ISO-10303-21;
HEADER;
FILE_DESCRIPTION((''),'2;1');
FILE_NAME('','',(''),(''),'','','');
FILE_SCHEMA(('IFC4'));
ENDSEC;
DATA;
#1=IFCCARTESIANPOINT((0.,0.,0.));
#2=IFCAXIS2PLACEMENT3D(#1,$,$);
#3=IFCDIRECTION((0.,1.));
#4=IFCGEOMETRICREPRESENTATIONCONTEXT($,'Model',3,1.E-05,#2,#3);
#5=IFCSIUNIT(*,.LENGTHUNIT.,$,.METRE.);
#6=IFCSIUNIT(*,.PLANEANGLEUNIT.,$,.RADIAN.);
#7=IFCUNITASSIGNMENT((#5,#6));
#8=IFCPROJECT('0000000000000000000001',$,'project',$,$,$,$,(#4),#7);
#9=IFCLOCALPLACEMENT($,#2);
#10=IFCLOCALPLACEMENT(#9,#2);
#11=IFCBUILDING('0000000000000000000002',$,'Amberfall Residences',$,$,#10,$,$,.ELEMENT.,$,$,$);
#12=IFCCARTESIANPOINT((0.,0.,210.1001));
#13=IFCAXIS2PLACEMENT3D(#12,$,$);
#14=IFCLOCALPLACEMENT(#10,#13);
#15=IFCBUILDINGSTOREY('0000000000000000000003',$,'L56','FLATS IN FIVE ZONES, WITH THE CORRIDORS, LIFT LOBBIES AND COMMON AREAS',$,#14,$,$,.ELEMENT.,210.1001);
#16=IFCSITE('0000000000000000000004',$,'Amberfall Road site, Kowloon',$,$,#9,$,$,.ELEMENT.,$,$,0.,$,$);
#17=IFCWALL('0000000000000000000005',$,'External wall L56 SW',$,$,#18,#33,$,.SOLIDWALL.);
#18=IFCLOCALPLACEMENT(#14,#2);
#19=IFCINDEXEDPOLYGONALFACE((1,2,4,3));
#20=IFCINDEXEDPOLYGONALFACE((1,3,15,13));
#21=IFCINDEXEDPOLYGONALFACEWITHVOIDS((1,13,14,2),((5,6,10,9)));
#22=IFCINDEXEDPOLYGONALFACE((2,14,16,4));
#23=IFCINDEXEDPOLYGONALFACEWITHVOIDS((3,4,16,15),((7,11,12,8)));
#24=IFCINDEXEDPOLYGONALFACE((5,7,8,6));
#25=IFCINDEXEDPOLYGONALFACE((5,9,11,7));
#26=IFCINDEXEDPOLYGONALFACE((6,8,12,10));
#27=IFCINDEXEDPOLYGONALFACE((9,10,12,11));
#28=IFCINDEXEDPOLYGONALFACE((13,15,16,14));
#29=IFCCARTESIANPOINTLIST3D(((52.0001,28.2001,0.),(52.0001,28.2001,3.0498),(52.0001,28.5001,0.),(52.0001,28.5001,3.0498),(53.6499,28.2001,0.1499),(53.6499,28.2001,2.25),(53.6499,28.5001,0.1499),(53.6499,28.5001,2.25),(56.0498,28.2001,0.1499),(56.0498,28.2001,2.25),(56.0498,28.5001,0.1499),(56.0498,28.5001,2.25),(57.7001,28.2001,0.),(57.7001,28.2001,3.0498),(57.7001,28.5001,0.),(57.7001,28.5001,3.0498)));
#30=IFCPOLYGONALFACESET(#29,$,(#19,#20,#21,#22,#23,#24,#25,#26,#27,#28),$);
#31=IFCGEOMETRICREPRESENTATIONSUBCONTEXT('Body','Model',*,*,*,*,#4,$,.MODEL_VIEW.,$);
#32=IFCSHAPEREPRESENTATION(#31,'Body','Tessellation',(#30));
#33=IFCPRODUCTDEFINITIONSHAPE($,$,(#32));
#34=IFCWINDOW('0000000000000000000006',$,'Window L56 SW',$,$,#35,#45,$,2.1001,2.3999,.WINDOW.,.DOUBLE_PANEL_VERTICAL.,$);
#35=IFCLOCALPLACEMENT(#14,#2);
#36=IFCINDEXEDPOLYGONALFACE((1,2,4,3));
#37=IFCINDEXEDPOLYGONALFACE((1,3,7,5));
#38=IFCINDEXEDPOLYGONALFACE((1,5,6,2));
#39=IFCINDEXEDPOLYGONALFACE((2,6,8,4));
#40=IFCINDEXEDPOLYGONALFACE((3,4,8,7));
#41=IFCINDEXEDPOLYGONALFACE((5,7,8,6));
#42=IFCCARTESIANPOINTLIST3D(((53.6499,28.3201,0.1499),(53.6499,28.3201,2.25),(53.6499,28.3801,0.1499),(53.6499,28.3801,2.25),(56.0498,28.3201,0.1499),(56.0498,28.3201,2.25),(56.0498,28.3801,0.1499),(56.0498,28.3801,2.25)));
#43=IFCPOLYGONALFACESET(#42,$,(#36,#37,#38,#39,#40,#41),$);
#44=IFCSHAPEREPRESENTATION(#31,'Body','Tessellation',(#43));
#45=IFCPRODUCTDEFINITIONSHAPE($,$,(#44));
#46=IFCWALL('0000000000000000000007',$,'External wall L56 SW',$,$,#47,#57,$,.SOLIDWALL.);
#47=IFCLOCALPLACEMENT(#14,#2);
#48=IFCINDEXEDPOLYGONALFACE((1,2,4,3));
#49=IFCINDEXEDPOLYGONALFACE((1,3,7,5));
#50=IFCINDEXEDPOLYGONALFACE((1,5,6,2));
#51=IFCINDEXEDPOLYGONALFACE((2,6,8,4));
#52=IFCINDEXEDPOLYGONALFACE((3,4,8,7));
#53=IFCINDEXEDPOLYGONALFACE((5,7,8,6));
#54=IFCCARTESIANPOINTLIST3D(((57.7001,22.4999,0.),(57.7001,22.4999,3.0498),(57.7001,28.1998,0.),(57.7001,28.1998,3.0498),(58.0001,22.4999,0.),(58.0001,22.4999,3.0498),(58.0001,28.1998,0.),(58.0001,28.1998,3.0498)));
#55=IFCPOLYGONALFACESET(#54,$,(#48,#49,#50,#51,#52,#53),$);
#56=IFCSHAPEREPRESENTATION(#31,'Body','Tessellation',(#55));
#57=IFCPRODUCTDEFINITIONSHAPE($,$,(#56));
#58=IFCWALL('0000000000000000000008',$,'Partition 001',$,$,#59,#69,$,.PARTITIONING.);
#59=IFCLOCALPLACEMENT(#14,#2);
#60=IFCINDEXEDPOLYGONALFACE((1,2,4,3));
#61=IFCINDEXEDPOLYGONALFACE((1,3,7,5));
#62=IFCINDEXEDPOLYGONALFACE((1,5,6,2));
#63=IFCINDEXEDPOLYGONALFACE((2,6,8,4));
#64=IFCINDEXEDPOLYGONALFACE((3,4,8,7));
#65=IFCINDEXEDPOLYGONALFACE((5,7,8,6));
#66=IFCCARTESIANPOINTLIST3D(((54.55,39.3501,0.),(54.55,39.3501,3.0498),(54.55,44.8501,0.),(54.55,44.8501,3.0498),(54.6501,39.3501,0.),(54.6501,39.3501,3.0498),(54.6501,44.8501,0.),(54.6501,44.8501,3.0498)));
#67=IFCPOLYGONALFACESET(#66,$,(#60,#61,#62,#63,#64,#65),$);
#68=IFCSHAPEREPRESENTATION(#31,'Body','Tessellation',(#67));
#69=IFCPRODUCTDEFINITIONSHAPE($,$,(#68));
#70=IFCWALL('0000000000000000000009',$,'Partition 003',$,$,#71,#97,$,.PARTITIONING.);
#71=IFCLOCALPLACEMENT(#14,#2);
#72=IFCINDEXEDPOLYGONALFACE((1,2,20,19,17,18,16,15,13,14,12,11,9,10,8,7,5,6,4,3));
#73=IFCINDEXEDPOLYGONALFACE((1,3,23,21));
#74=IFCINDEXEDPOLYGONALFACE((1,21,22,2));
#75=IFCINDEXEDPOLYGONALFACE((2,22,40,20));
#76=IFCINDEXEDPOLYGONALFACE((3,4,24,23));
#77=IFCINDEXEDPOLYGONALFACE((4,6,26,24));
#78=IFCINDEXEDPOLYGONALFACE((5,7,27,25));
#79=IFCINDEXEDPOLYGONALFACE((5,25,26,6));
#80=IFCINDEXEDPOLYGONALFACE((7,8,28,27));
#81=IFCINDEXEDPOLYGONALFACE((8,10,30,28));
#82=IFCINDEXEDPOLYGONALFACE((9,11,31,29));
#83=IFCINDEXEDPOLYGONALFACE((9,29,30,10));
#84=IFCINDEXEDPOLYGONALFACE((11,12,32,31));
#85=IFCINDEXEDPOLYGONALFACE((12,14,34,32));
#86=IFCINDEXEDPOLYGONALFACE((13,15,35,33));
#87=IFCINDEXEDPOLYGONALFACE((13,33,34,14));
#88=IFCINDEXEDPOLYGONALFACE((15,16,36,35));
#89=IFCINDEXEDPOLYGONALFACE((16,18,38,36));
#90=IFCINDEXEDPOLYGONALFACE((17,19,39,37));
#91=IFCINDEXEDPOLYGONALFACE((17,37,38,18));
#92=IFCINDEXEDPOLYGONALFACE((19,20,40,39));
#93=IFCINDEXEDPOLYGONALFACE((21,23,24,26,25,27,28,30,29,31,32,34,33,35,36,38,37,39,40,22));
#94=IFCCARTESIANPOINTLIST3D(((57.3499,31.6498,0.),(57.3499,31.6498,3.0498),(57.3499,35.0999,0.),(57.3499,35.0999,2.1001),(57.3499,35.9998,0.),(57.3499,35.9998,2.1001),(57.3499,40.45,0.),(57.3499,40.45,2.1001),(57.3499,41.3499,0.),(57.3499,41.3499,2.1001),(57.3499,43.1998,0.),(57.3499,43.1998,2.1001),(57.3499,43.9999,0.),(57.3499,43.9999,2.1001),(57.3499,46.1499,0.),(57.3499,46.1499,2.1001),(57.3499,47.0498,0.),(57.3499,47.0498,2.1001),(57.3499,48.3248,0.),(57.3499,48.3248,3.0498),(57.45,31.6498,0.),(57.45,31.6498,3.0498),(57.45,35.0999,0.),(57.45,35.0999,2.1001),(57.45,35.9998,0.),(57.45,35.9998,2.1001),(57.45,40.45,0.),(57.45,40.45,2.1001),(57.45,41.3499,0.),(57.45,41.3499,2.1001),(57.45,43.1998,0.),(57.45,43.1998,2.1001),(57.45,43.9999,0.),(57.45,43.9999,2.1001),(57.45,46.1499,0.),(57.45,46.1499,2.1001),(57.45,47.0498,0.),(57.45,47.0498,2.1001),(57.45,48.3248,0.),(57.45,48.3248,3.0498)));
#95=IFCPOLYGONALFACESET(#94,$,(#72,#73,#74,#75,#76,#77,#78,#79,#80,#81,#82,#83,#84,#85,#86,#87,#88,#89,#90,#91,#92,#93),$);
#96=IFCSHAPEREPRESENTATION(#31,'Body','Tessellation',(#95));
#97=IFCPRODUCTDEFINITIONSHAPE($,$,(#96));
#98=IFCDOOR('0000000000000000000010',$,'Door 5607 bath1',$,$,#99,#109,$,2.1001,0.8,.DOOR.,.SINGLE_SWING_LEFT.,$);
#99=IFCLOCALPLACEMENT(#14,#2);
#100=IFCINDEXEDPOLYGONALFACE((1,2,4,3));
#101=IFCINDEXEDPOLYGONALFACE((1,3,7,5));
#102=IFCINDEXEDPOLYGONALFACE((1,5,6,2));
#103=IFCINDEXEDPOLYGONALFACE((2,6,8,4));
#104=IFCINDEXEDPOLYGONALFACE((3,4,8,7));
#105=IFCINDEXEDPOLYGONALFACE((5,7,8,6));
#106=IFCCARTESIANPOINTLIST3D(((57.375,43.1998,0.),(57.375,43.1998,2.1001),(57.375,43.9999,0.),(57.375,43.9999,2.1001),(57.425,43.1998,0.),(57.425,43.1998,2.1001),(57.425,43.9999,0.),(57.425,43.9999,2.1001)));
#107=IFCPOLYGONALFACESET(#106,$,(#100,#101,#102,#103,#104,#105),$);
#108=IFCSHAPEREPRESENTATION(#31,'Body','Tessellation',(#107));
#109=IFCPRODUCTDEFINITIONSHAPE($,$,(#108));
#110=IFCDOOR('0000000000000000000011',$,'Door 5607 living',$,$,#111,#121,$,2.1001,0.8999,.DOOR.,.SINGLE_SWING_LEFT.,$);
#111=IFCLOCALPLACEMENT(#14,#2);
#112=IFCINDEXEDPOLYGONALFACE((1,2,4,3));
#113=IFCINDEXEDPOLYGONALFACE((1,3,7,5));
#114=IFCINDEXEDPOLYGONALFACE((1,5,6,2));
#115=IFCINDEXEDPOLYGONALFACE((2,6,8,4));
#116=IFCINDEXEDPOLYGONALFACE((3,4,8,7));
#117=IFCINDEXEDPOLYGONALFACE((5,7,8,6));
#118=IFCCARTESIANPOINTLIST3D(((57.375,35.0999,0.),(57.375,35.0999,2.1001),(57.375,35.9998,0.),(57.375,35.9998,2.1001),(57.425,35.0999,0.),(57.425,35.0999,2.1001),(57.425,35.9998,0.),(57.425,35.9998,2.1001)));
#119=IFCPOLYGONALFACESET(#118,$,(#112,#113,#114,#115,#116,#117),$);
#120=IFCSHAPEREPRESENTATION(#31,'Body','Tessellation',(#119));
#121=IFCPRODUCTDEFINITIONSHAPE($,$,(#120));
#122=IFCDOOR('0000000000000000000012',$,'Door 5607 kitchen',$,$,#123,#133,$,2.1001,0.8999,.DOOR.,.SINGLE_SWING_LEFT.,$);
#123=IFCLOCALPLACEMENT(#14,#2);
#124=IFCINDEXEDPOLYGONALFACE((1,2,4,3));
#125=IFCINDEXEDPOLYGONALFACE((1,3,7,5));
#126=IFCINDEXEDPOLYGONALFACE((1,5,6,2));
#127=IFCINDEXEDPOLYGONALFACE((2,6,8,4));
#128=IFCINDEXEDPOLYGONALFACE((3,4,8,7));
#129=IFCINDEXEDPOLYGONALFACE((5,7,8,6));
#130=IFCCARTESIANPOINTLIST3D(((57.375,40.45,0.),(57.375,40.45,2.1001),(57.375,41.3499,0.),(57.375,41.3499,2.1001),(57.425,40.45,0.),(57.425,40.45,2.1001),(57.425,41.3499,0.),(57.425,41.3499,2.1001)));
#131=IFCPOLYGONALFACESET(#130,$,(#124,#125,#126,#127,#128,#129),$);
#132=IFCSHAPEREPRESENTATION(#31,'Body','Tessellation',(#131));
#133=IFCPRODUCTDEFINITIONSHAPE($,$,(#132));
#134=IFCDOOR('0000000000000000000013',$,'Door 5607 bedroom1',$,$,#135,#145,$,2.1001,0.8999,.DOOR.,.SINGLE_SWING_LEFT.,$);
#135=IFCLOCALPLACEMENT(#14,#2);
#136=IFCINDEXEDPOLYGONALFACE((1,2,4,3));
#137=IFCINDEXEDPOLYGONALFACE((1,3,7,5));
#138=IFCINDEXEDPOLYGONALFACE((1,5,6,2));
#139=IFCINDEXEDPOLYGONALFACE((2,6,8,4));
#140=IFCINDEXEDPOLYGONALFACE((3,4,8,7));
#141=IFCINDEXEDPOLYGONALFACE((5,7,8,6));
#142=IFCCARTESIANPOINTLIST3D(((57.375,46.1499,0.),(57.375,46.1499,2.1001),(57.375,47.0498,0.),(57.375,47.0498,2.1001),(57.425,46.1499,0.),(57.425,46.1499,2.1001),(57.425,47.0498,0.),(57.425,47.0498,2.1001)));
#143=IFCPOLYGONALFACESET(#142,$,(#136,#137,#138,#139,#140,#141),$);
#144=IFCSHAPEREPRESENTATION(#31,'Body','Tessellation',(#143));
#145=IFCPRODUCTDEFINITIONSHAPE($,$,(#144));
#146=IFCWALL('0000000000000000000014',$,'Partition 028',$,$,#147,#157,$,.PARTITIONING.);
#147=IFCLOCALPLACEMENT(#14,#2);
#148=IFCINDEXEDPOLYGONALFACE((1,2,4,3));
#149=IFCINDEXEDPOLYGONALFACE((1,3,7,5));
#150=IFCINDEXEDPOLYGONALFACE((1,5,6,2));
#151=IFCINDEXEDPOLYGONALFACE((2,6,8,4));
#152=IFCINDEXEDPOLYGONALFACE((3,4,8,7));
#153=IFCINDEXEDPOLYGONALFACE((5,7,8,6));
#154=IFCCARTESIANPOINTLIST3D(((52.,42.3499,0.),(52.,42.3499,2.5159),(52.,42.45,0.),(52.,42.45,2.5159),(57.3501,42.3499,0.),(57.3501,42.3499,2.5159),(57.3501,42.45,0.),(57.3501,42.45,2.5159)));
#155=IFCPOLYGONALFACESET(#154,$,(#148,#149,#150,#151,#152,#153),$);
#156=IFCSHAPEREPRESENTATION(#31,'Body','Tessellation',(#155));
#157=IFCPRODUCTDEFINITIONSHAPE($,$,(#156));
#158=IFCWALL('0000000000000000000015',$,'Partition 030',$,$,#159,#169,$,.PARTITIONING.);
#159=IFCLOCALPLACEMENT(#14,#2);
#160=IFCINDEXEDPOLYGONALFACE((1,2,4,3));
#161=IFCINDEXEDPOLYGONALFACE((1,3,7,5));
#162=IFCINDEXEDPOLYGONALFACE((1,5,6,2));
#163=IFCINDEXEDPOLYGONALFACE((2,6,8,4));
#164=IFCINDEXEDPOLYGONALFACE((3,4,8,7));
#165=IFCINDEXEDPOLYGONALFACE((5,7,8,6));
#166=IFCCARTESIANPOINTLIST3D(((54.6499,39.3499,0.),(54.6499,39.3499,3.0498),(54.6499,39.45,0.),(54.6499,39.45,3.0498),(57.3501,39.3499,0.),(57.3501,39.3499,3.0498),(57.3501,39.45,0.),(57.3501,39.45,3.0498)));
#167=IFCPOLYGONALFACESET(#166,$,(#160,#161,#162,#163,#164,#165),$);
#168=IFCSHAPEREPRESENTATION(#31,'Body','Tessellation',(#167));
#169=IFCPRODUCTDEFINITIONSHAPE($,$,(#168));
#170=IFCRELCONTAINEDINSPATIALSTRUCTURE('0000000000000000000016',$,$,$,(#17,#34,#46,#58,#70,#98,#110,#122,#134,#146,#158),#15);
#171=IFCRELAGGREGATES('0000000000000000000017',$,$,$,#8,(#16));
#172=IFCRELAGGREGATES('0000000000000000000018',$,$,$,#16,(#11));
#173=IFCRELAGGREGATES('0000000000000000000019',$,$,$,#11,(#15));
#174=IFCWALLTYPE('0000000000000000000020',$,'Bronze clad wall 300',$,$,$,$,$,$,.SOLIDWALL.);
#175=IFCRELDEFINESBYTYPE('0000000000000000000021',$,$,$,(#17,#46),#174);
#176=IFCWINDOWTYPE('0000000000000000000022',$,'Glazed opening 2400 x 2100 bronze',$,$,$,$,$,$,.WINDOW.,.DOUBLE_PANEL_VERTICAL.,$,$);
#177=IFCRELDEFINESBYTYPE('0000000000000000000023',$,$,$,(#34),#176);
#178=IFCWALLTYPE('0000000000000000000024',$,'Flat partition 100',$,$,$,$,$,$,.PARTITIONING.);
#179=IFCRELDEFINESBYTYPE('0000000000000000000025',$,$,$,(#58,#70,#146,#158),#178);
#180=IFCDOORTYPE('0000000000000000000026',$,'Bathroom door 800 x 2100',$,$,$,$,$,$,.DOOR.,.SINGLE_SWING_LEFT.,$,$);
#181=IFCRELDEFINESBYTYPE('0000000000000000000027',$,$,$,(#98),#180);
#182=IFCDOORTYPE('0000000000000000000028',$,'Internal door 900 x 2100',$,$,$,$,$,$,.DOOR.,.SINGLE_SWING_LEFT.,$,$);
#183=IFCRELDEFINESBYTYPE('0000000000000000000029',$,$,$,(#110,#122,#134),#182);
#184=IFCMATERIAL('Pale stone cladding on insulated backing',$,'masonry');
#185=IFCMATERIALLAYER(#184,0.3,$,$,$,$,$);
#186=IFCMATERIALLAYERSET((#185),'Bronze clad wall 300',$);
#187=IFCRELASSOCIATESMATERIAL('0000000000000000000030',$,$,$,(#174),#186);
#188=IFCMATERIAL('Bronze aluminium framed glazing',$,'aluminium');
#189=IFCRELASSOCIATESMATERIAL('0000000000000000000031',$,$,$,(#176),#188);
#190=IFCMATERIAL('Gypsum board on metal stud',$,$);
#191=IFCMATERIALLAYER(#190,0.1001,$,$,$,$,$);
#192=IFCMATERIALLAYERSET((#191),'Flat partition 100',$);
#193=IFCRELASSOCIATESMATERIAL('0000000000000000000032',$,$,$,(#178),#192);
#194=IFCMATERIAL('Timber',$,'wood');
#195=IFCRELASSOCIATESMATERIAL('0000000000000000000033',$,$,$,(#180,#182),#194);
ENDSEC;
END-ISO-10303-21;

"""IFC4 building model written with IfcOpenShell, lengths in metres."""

from ifc_helpers import new_model, si_unit, direction, frame, frame_2d, origin, place, context, subcontext, project, spatial, rectangle, extrude, material, layer, layer_set, type_object, element, fill, save


model = new_model("IFC4")

# Units and contexts
model_context = context("Model", 3, precision=1e-05, world=origin(), true_north=direction((0.0, 1.0)))
body_context = subcontext(model_context, "Body", "Model", "MODEL_VIEW")
ifc_project = project(units=[si_unit("LENGTHUNIT", "METRE"), si_unit("PLANEANGLEUNIT", "RADIAN")], contexts=[model_context])

# Site, building, storey
site_placement = place(None, origin())
site = spatial("IfcSite", under=ifc_project, at=site_placement, Name="Amberfall Road site, Kowloon", CompositionType="ELEMENT", RefElevation=0.0)
building_placement = place(site_placement, origin())
building = spatial("IfcBuilding", under=site, at=building_placement, Name="Amberfall Residences", CompositionType="ELEMENT")
storey_placement = place(building_placement, frame((0.0, 0.0, 210.1001)))
storey = spatial("IfcBuildingStorey", under=building, at=storey_placement, Name="L56", Description="FLATS IN FIVE ZONES, WITH THE CORRIDORS, LIFT LOBBIES AND COMMON AREAS", CompositionType="ELEMENT", Elevation=210.1001)

# Wall, opening, window
ifc_material_1 = material(Name="Pale stone cladding on insulated backing", Category="masonry")
ifc_layer_1 = layer(ifc_material_1, 0.3)
ifc_layer_set_1 = layer_set([ifc_layer_1], Name="Bronze clad wall 300")
wall_type_1 = type_object("IfcWallType", Name="Bronze clad wall 300", PredefinedType="SOLIDWALL", material=ifc_layer_set_1)
wall_1_placement = place(storey_placement, frame((52.0, 28.3501, 0.0), z_axis=(0.0, 0.0, 1.0), x_axis=(1.0, 0.0, 0.0)))
wall_1 = element("IfcWall", 1, at=wall_1_placement, inside=storey, type_object=wall_type_1, Name="External wall L56 SW", PredefinedType="SOLIDWALL", context=body_context, shape_type="SweptSolid", body=[
    extrude(rectangle(XDim=5.7, YDim=0.3, at=frame_2d((2.8501, 0.0))), origin(), (0.0, 0.0, 1.0), 3.0498),
])
opening_1_placement = place(wall_1_placement, frame((1.6499, 0.0, 0.1499)))
opening_1 = element("IfcOpeningElement", 2, at=opening_1_placement, cuts=wall_1, PredefinedType="OPENING", context=body_context, shape_type="SweptSolid", body=[
    extrude(rectangle(XDim=2.3999, YDim=2.1001, at=frame_2d((1.2, 1.05))), frame((0.0, 0.1599, 0.0), z_axis=(0.0, -1.0, 0.0), x_axis=(1.0, 0.0, 0.0)), (0.0, 0.0, 1.0), 0.3201),
])
ifc_material_2 = material(Name="Bronze aluminium framed glazing", Category="aluminium")
window_type = type_object("IfcWindowType", Name="Glazed opening 2400 x 2100 bronze", PartitioningType="DOUBLE_PANEL_VERTICAL", PredefinedType="WINDOW", material=ifc_material_2)
window_placement = place(opening_1_placement, origin())
window = element("IfcWindow", 3, at=window_placement, inside=storey, type_object=window_type, Name="Window L56 SW", OverallHeight=2.1001, OverallWidth=2.3999, PartitioningType="DOUBLE_PANEL_VERTICAL", PredefinedType="WINDOW", context=body_context, shape_type="SweptSolid", body=[
    extrude(rectangle(XDim=2.3999, YDim=2.1001, at=frame_2d((1.2, 1.05))), frame((0.0, 0.03, 0.0), z_axis=(0.0, -1.0, 0.0), x_axis=(1.0, 0.0, 0.0)), (0.0, 0.0, 1.0), 0.0601),
])
fill(opening_1, window)

# Walls
wall_2_placement = place(storey_placement, frame((57.8501, 28.2, 0.0), z_axis=(0.0, 0.0, 1.0), x_axis=(0.0, -1.0, 0.0)))
element("IfcWall", 4, at=wall_2_placement, inside=storey, type_object=wall_type_1, Name="External wall L56 SW", PredefinedType="SOLIDWALL", context=body_context, shape_type="SweptSolid", body=[
    extrude(rectangle(XDim=5.7, YDim=0.3, at=frame_2d((2.8501, 0.0))), origin(), (0.0, 0.0, 1.0), 3.0498),
])
ifc_material_3 = material(Name="Gypsum board on metal stud")
ifc_layer_2 = layer(ifc_material_3, 0.1001)
ifc_layer_set_2 = layer_set([ifc_layer_2], Name="Flat partition 100")
wall_type_2 = type_object("IfcWallType", Name="Flat partition 100", PredefinedType="PARTITIONING", material=ifc_layer_set_2)
wall_3_placement = place(storey_placement, frame((54.6001, 39.3501, 0.0), z_axis=(0.0, 0.0, 1.0), x_axis=(0.0, 1.0, 0.0)))
element("IfcWall", 5, at=wall_3_placement, inside=storey, type_object=wall_type_2, Name="Partition 001", PredefinedType="PARTITIONING", context=body_context, shape_type="SweptSolid", body=[
    extrude(rectangle(XDim=5.5, YDim=0.1001, at=frame_2d((2.75, 0.0))), origin(), (0.0, 0.0, 1.0), 3.0498),
])

# Wall, openings, doors
wall_4_placement = place(storey_placement, frame((57.3999, 31.6499, 0.0), z_axis=(0.0, 0.0, 1.0), x_axis=(0.0, 1.0, 0.0)))
wall_4 = element("IfcWall", 6, at=wall_4_placement, inside=storey, type_object=wall_type_2, Name="Partition 003", PredefinedType="PARTITIONING", context=body_context, shape_type="SweptSolid", body=[
    extrude(rectangle(XDim=16.675, YDim=0.1001, at=frame_2d((8.3374, 0.0))), origin(), (0.0, 0.0, 1.0), 3.0498),
])
opening_2_placement = place(wall_4_placement, frame((3.45, 0.0, 0.0)))
opening_2 = element("IfcOpeningElement", 7, at=opening_2_placement, cuts=wall_4, PredefinedType="OPENING", context=body_context, shape_type="SweptSolid", body=[
    extrude(rectangle(XDim=0.8999, YDim=2.1001, at=frame_2d((0.45, 1.05))), frame((0.0, 0.0601, 0.0), z_axis=(0.0, -1.0, 0.0), x_axis=(1.0, 0.0, 0.0)), (0.0, 0.0, 1.0), 0.1201),
])
opening_3_placement = place(wall_4_placement, frame((8.8, 0.0, 0.0)))
opening_3 = element("IfcOpeningElement", 8, at=opening_3_placement, cuts=wall_4, PredefinedType="OPENING", context=body_context, shape_type="SweptSolid", body=[
    extrude(rectangle(XDim=0.8999, YDim=2.1001, at=frame_2d((0.45, 1.05))), frame((0.0, 0.0601, 0.0), z_axis=(0.0, -1.0, 0.0), x_axis=(1.0, 0.0, 0.0)), (0.0, 0.0, 1.0), 0.1201),
])
opening_4_placement = place(wall_4_placement, frame((14.5, 0.0, 0.0)))
opening_4 = element("IfcOpeningElement", 9, at=opening_4_placement, cuts=wall_4, PredefinedType="OPENING", context=body_context, shape_type="SweptSolid", body=[
    extrude(rectangle(XDim=0.8999, YDim=2.1001, at=frame_2d((0.45, 1.05))), frame((0.0, 0.0601, 0.0), z_axis=(0.0, -1.0, 0.0), x_axis=(1.0, 0.0, 0.0)), (0.0, 0.0, 1.0), 0.1201),
])
opening_5_placement = place(wall_4_placement, frame((11.55, 0.0, 0.0)))
opening_5 = element("IfcOpeningElement", 10, at=opening_5_placement, cuts=wall_4, PredefinedType="OPENING", context=body_context, shape_type="SweptSolid", body=[
    extrude(rectangle(XDim=0.8, YDim=2.1001, at=frame_2d((0.3999, 1.05))), frame((0.0, 0.0601, 0.0), z_axis=(0.0, -1.0, 0.0), x_axis=(1.0, 0.0, 0.0)), (0.0, 0.0, 1.0), 0.1201),
])
ifc_material_4 = material(Name="Timber", Category="wood")
door_type_1 = type_object("IfcDoorType", Name="Bathroom door 800 x 2100", OperationType="SINGLE_SWING_LEFT", PredefinedType="DOOR", material=ifc_material_4)
door_1_placement = place(opening_5_placement, origin())
door_1 = element("IfcDoor", 11, at=door_1_placement, inside=storey, type_object=door_type_1, Name="Door 5607 bath1", OperationType="SINGLE_SWING_LEFT", OverallHeight=2.1001, OverallWidth=0.8, PredefinedType="DOOR", context=body_context, shape_type="SweptSolid", body=[
    extrude(rectangle(XDim=0.8, YDim=2.1001, at=frame_2d((0.3999, 1.05))), frame((0.0, 0.0249, 0.0), z_axis=(0.0, -1.0, 0.0), x_axis=(1.0, 0.0, 0.0)), (0.0, 0.0, 1.0), 0.05),
])
fill(opening_5, door_1)
door_type_2 = type_object("IfcDoorType", Name="Internal door 900 x 2100", OperationType="SINGLE_SWING_LEFT", PredefinedType="DOOR", material=ifc_material_4)
door_2_placement = place(opening_2_placement, origin())
door_2 = element("IfcDoor", 12, at=door_2_placement, inside=storey, type_object=door_type_2, Name="Door 5607 living", OperationType="SINGLE_SWING_LEFT", OverallHeight=2.1001, OverallWidth=0.8999, PredefinedType="DOOR", context=body_context, shape_type="SweptSolid", body=[
    extrude(rectangle(XDim=0.8999, YDim=2.1001, at=frame_2d((0.45, 1.05))), frame((0.0, 0.0249, 0.0), z_axis=(0.0, -1.0, 0.0), x_axis=(1.0, 0.0, 0.0)), (0.0, 0.0, 1.0), 0.05),
])
fill(opening_2, door_2)
door_3_placement = place(opening_3_placement, origin())
door_3 = element("IfcDoor", 13, at=door_3_placement, inside=storey, type_object=door_type_2, Name="Door 5607 kitchen", OperationType="SINGLE_SWING_LEFT", OverallHeight=2.1001, OverallWidth=0.8999, PredefinedType="DOOR", context=body_context, shape_type="SweptSolid", body=[
    extrude(rectangle(XDim=0.8999, YDim=2.1001, at=frame_2d((0.45, 1.05))), frame((0.0, 0.0249, 0.0), z_axis=(0.0, -1.0, 0.0), x_axis=(1.0, 0.0, 0.0)), (0.0, 0.0, 1.0), 0.05),
])
fill(opening_3, door_3)
door_4_placement = place(opening_4_placement, origin())
door_4 = element("IfcDoor", 14, at=door_4_placement, inside=storey, type_object=door_type_2, Name="Door 5607 bedroom1", OperationType="SINGLE_SWING_LEFT", OverallHeight=2.1001, OverallWidth=0.8999, PredefinedType="DOOR", context=body_context, shape_type="SweptSolid", body=[
    extrude(rectangle(XDim=0.8999, YDim=2.1001, at=frame_2d((0.45, 1.05))), frame((0.0, 0.0249, 0.0), z_axis=(0.0, -1.0, 0.0), x_axis=(1.0, 0.0, 0.0)), (0.0, 0.0, 1.0), 0.05),
])
fill(opening_4, door_4)

# Walls
wall_5_placement = place(storey_placement, frame((52.0, 42.3999, 0.0), z_axis=(0.0, 0.0, 1.0), x_axis=(1.0, 0.0, 0.0)))
element("IfcWall", 15, at=wall_5_placement, inside=storey, type_object=wall_type_2, Name="Partition 028", PredefinedType="PARTITIONING", context=body_context, shape_type="SweptSolid", body=[
    extrude(rectangle(XDim=5.3501, YDim=0.1001, at=frame_2d((2.675, 0.0))), origin(), (0.0, 0.0, 1.0), 2.5159),
])
wall_6_placement = place(storey_placement, frame((54.6499, 39.3999, 0.0), z_axis=(0.0, 0.0, 1.0), x_axis=(1.0, 0.0, 0.0)))
element("IfcWall", 16, at=wall_6_placement, inside=storey, type_object=wall_type_2, Name="Partition 030", PredefinedType="PARTITIONING", context=body_context, shape_type="SweptSolid", body=[
    extrude(rectangle(XDim=2.7002, YDim=0.1001, at=frame_2d((1.3501, 0.0))), origin(), (0.0, 0.0, 1.0), 3.0498),
])

save(model, "model.ifc")
